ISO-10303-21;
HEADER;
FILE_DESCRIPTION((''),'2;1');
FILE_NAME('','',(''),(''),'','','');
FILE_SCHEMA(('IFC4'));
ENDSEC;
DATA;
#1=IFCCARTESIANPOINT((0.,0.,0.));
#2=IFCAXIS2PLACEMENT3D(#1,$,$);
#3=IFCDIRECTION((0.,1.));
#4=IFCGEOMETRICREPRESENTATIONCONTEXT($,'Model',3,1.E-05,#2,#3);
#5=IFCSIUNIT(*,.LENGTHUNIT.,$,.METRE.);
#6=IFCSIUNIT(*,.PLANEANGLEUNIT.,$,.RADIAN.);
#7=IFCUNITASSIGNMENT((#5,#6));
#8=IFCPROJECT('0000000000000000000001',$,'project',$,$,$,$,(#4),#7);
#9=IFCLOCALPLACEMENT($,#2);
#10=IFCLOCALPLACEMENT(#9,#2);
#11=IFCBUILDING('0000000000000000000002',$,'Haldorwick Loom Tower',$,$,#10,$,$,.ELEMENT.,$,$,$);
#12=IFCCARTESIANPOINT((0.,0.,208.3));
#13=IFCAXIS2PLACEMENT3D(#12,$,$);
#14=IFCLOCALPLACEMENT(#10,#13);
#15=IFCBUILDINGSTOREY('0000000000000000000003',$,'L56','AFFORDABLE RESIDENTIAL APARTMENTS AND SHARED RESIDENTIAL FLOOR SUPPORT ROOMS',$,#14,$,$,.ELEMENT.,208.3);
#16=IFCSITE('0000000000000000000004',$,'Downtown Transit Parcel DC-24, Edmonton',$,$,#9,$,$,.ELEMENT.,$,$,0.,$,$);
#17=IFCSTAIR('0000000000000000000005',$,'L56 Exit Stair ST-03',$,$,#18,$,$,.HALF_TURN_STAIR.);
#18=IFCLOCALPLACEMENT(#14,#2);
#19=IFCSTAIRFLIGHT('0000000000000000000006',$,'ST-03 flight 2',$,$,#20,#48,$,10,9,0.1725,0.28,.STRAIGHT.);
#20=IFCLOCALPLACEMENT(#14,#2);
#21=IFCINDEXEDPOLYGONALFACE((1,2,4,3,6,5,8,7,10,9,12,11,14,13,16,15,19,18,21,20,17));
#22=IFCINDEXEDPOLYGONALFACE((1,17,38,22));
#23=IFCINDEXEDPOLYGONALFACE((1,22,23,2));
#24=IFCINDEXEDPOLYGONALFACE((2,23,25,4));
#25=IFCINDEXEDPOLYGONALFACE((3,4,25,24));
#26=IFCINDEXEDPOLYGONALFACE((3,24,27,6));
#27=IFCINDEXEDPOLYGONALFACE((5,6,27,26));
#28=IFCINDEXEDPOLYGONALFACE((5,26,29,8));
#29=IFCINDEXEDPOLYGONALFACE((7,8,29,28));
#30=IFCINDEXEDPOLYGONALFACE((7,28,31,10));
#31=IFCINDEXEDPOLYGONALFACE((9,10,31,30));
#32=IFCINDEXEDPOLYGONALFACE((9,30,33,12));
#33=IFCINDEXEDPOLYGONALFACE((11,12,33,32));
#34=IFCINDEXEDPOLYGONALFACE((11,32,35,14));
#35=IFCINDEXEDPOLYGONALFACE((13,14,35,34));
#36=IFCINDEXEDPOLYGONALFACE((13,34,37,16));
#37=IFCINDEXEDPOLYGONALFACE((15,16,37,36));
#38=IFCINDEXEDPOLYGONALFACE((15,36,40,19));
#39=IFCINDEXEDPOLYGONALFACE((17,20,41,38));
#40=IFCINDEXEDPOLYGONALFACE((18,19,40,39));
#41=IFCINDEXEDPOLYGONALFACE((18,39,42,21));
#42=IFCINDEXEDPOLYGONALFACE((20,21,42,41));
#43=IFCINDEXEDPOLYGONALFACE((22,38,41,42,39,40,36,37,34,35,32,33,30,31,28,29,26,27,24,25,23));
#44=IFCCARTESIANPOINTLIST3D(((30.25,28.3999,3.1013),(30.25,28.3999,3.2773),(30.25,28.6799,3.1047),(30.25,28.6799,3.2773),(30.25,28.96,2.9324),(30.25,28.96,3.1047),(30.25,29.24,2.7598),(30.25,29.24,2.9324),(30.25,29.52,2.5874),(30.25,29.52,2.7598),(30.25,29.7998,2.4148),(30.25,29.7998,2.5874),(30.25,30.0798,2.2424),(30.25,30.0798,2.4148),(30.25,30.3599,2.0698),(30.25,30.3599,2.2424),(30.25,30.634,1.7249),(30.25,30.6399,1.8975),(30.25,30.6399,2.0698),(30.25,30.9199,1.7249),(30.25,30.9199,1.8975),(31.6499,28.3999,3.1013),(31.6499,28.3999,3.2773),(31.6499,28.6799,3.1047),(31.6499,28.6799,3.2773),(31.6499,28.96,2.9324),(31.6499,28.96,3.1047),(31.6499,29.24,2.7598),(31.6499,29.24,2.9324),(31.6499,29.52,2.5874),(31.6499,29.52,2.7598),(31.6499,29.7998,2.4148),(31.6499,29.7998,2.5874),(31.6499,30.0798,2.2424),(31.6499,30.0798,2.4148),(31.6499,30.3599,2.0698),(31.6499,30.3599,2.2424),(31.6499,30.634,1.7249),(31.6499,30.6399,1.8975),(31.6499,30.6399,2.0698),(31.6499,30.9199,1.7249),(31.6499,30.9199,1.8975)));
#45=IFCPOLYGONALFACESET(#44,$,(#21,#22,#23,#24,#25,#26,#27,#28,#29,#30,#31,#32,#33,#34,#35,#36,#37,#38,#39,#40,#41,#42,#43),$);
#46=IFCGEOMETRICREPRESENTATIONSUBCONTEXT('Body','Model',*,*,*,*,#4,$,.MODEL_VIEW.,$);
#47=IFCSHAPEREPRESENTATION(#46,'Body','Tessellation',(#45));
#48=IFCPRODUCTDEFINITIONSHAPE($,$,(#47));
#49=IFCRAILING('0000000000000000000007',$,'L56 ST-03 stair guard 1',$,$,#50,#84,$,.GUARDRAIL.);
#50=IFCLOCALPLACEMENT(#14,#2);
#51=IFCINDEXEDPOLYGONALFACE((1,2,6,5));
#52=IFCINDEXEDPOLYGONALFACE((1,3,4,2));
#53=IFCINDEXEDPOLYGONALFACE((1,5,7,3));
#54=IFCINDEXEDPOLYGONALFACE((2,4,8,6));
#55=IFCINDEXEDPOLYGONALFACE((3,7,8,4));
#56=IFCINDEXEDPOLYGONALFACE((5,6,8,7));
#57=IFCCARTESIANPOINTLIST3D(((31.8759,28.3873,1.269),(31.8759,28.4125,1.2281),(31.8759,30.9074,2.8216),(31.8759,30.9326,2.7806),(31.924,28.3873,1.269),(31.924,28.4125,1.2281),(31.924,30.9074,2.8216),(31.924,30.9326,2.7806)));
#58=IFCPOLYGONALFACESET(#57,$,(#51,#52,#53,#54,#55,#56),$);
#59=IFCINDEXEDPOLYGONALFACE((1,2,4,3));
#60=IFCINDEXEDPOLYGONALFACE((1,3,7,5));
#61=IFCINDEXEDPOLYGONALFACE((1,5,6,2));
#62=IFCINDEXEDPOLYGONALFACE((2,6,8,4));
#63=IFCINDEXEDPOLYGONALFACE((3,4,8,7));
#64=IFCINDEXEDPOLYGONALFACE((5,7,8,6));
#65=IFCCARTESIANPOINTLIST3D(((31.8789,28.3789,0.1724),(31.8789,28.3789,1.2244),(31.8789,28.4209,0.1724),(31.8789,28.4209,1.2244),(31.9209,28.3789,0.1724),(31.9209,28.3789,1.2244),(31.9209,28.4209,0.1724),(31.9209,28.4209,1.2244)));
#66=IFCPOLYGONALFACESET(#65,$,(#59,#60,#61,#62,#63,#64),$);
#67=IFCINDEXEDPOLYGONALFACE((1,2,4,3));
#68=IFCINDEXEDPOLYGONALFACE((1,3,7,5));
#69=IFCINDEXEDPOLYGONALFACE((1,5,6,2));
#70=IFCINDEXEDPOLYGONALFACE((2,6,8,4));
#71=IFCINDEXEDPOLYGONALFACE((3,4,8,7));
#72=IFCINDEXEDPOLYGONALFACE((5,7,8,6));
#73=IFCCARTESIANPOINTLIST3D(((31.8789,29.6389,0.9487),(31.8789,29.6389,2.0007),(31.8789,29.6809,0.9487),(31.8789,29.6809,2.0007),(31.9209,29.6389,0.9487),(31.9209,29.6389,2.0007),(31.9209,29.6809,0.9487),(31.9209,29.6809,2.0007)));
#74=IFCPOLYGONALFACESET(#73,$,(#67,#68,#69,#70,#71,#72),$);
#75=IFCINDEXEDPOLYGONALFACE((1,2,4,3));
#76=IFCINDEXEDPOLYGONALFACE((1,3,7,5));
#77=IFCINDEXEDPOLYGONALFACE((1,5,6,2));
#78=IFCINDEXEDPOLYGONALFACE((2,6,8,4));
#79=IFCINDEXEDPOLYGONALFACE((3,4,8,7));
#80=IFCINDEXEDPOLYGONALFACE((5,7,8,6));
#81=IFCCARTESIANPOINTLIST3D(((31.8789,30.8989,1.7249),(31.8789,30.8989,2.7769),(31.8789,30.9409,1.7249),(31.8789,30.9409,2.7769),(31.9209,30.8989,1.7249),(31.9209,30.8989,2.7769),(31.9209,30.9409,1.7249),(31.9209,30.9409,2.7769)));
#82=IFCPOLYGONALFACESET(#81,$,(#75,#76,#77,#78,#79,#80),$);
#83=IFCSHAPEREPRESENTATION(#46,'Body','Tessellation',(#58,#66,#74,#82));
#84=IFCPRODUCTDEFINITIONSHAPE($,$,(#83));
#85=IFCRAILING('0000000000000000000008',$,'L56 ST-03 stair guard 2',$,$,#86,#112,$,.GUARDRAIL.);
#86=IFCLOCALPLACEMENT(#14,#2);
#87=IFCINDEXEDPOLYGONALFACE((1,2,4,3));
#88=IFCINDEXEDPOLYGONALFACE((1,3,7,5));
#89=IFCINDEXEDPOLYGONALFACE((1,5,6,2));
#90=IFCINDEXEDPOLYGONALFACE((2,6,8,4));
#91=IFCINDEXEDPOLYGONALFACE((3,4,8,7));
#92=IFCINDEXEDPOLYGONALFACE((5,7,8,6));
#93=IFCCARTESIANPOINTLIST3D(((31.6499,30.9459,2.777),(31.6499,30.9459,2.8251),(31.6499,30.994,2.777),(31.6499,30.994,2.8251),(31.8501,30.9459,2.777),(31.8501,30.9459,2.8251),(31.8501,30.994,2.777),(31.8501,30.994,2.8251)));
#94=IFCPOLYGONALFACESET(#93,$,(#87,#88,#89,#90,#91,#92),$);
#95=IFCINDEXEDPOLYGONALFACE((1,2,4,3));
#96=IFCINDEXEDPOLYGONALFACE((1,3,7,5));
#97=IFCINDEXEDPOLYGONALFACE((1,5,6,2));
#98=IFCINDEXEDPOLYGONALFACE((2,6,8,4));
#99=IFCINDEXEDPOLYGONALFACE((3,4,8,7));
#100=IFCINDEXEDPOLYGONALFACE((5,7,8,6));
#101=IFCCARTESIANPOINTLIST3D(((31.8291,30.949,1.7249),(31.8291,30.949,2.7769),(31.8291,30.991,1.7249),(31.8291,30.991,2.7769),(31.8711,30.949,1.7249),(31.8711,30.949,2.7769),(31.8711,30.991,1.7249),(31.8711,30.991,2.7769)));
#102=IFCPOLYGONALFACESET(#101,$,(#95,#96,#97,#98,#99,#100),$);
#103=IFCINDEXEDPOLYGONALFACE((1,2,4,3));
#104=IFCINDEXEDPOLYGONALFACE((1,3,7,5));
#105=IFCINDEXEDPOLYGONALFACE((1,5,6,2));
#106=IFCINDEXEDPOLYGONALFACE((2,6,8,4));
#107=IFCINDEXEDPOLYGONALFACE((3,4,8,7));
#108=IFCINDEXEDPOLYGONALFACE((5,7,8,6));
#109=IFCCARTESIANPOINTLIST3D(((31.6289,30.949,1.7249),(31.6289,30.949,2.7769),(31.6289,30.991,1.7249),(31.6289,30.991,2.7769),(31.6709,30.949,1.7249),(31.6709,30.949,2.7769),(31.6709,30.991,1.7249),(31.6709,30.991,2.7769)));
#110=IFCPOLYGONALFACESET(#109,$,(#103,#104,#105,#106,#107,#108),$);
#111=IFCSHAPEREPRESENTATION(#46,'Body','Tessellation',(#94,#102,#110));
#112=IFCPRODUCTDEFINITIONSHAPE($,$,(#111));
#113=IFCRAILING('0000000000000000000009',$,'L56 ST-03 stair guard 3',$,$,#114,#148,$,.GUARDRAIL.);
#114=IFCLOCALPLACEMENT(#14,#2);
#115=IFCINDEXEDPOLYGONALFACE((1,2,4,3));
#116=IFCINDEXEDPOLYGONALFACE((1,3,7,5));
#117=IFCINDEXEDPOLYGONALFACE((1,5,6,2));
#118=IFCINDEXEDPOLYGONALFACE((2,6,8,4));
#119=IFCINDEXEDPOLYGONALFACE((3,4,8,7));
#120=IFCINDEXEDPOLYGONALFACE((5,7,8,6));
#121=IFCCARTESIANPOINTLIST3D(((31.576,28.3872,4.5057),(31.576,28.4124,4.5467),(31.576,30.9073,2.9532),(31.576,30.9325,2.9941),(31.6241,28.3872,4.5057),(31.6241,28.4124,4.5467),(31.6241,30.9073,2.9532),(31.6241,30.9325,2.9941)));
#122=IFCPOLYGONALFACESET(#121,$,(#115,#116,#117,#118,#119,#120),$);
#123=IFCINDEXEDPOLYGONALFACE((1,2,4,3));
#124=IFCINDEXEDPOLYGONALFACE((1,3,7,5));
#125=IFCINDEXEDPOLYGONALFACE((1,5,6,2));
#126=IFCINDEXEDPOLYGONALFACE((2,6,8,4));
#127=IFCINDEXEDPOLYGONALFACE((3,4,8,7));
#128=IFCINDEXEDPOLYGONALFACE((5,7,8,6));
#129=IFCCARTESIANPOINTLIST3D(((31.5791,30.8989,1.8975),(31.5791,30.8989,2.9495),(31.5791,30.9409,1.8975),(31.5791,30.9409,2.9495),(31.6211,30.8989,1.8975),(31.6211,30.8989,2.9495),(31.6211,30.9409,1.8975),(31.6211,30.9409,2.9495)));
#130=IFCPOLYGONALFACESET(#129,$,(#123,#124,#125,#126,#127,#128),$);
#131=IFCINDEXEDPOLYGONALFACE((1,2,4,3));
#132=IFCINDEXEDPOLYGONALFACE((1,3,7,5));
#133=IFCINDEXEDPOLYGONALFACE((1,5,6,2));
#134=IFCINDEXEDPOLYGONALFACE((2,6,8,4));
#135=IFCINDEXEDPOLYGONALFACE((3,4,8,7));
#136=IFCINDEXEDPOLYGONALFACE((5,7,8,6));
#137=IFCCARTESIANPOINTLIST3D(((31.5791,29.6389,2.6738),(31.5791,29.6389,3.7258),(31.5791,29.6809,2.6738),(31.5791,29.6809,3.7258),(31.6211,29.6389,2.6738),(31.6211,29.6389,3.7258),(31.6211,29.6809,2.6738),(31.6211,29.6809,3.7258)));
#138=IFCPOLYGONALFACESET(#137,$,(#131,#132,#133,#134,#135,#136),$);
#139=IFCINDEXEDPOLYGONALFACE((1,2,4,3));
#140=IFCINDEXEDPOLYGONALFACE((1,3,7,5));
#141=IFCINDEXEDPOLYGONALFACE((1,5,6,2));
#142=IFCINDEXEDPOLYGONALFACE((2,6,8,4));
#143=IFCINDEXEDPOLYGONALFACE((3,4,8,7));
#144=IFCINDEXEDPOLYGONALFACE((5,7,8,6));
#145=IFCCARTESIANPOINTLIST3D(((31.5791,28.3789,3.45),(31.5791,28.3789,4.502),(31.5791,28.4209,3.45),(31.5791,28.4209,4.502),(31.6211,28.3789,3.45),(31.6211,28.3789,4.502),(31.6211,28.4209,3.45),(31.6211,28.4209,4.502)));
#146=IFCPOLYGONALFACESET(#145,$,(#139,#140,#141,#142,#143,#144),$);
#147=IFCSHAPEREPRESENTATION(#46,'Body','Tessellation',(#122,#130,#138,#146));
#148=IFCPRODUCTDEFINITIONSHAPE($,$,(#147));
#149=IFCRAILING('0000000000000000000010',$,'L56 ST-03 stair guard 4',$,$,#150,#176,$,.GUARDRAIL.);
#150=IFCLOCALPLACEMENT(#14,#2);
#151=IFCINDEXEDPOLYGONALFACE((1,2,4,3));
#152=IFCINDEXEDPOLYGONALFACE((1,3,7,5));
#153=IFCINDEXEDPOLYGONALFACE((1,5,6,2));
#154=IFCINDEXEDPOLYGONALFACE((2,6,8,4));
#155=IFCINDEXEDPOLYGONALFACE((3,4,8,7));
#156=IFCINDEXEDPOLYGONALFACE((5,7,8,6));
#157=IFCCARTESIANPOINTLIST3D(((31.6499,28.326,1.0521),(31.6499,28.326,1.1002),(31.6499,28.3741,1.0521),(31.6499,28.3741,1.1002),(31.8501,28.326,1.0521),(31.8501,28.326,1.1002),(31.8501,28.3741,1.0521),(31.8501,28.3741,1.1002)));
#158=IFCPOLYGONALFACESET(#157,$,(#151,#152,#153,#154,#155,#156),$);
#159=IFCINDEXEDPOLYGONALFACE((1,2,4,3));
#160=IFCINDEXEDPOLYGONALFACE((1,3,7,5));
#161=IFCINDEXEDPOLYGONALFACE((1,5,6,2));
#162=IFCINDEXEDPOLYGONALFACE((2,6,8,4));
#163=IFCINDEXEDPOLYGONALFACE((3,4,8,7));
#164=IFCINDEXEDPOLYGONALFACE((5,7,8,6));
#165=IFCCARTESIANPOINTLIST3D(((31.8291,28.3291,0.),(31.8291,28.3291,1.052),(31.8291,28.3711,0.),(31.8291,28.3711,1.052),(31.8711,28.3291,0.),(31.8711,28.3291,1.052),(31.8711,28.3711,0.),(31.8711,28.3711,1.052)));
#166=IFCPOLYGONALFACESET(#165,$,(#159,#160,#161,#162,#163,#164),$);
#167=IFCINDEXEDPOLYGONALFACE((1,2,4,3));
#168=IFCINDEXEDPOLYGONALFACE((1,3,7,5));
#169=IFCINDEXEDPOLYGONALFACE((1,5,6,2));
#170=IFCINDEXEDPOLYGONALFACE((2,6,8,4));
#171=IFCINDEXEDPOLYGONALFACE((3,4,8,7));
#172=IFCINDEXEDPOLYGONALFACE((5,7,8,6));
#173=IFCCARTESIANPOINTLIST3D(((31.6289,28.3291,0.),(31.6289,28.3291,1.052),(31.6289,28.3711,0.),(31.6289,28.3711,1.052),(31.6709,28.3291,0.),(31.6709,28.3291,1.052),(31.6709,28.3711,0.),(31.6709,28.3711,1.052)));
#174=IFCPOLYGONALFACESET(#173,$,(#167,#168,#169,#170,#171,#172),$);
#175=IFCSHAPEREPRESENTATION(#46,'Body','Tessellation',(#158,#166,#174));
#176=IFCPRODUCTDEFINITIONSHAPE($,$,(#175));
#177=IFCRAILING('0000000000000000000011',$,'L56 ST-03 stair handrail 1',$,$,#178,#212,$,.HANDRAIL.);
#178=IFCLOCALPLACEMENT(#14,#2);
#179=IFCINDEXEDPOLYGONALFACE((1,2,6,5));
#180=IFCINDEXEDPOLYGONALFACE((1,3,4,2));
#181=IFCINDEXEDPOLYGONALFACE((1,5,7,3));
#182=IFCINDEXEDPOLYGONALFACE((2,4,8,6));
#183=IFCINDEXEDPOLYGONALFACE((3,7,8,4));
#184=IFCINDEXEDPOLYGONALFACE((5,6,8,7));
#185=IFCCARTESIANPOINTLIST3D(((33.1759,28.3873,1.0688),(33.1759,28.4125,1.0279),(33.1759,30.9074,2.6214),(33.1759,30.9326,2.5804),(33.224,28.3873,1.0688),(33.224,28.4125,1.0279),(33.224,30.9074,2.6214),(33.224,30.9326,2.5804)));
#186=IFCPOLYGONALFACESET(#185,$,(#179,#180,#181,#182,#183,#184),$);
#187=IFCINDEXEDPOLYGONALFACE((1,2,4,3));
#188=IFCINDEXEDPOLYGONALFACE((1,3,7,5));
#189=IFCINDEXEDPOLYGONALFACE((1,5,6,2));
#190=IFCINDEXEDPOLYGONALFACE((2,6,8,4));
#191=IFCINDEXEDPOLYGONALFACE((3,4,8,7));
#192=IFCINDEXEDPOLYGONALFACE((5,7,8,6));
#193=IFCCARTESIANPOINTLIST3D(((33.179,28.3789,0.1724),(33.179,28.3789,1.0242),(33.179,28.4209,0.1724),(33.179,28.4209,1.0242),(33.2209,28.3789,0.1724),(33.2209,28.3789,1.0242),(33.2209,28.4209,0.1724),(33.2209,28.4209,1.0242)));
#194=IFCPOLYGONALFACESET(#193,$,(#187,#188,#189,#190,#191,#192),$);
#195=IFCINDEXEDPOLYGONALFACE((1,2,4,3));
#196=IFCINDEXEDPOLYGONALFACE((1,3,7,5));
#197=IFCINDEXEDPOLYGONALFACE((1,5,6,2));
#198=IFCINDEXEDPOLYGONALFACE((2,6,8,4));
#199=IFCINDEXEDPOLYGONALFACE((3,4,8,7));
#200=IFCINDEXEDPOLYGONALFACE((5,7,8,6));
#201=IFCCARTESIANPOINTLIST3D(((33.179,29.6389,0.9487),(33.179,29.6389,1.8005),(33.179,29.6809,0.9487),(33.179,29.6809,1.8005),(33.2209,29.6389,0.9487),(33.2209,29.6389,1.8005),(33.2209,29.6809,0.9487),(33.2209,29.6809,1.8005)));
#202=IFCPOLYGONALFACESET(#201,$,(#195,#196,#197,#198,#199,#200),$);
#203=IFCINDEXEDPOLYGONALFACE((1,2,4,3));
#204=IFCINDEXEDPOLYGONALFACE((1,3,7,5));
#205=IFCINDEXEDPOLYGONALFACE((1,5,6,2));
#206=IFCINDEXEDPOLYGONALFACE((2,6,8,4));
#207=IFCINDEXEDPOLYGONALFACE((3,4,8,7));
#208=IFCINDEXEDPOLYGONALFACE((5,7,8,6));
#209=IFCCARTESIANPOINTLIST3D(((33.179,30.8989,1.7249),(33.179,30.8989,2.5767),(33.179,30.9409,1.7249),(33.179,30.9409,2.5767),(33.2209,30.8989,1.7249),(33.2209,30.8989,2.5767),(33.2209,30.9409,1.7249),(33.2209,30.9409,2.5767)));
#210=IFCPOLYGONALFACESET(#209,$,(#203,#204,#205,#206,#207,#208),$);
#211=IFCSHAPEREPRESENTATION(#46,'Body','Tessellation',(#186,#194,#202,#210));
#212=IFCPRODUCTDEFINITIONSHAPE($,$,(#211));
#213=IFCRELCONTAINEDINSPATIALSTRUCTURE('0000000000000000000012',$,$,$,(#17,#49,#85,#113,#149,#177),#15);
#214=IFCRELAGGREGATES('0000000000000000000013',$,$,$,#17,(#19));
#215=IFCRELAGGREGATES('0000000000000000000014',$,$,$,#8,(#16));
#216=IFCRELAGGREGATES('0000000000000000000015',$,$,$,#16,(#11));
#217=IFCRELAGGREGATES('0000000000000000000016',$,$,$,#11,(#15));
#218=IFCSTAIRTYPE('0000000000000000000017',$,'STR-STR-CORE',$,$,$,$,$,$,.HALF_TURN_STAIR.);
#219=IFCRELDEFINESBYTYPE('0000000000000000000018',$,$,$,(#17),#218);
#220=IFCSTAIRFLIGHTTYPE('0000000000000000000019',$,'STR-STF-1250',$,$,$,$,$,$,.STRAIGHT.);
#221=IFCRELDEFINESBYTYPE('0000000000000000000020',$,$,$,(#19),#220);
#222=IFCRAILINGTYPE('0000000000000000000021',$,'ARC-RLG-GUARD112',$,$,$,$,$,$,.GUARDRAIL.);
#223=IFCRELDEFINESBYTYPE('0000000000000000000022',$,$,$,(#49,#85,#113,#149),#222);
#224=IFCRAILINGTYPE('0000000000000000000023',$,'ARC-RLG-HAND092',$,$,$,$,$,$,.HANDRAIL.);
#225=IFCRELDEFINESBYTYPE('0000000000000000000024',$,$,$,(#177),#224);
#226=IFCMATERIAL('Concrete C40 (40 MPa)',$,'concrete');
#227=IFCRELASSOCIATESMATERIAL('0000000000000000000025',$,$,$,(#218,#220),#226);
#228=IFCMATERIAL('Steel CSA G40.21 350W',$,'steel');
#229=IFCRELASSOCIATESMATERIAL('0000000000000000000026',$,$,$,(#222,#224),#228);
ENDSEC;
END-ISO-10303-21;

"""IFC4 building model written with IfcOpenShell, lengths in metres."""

from ifc_helpers import new_model, si_unit, direction, frame, origin, origin_2d, place, context, subcontext, project, spatial, polyline, rectangle, outline, extrude, material, type_object, element, aggregate, save


model = new_model("IFC4")

# Units and contexts
model_context = context("Model", 3, precision=1e-05, world=origin(), true_north=direction((0.0, 1.0)))
body_context = subcontext(model_context, "Body", "Model", "MODEL_VIEW")
ifc_project = project(units=[si_unit("LENGTHUNIT", "METRE"), si_unit("PLANEANGLEUNIT", "RADIAN")], contexts=[model_context])

# Site, building, storey
site_placement = place(None, origin())
site = spatial("IfcSite", under=ifc_project, at=site_placement, Name="Downtown Transit Parcel DC-24, Edmonton", CompositionType="ELEMENT", RefElevation=0.0)
building_placement = place(site_placement, origin())
building = spatial("IfcBuilding", under=site, at=building_placement, Name="Haldorwick Loom Tower", CompositionType="ELEMENT")
storey_placement = place(building_placement, frame((0.0, 0.0, 208.3)))
storey = spatial("IfcBuildingStorey", under=building, at=storey_placement, Name="L56", Description="AFFORDABLE RESIDENTIAL APARTMENTS AND SHARED RESIDENTIAL FLOOR SUPPORT ROOMS", CompositionType="ELEMENT", Elevation=208.3)

# Shared definitions
ifc_material_1 = material(Name="Steel CSA G40.21 350W", Category="steel")

# Stair, stair flight
ifc_material_2 = material(Name="Concrete C40 (40 MPa)", Category="concrete")
stair_type = type_object("IfcStairType", Name="STR-STR-CORE", PredefinedType="HALF_TURN_STAIR", material=ifc_material_2)
stair_placement = place(storey_placement, origin())
stair = element("IfcStair", 1, at=stair_placement, inside=storey, type_object=stair_type, Name="L56 Exit Stair ST-03", PredefinedType="HALF_TURN_STAIR")
stair_flight_type = type_object("IfcStairFlightType", Name="STR-STF-1250", PredefinedType="STRAIGHT", material=ifc_material_2)
stair_flight_1_placement = place(storey_placement, frame((30.95, 30.9199, 1.7249), z_axis=(0.0, 0.0, 1.0), x_axis=(0.0, -1.0, 0.0)))
stair_flight_1 = element("IfcStairFlight", 2, at=stair_flight_1_placement, type_object=stair_flight_type, Name="ST-03 flight 2", NumberOfRisers=10, NumberOfTreads=9, PredefinedType="STRAIGHT", RiserHeight=0.1725, TreadLength=0.28, context=body_context, shape_type="SweptSolid", body=[
    extrude(outline(polyline([(0.0, 0.0), (0.0, 0.1726), (0.28, 0.1726), (0.28, 0.345), (0.5601, 0.345), (0.5601, 0.5176), (0.8401, 0.5176), (0.8401, 0.6899), (1.1201, 0.6899), (1.1201, 0.8625), (1.3999, 0.8625), (1.3999, 1.0349), (1.6799, 1.0349), (1.6799, 1.2075), (1.96, 1.2075), (1.96, 1.3799), (2.24, 1.3799), (2.24, 1.5525), (2.52, 1.5525), (2.52, 1.7251), (2.52, 1.3765), (0.2859, 0.0), (0.0, 0.0)])), frame((0.0, 0.7, 0.0), z_axis=(0.0, -1.0, 0.0), x_axis=(1.0, 0.0, 0.0)), (0.0, 0.0, 1.0), 1.3999),
])
aggregate(stair, [stair_flight_1])

# Railings
railing_type_1 = type_object("IfcRailingType", Name="ARC-RLG-GUARD112", PredefinedType="GUARDRAIL", material=ifc_material_1)
railing_1_placement = place(storey_placement, frame((31.8999, 28.3999, 0.1724)))
element("IfcRailing", 3, at=railing_1_placement, inside=storey, type_object=railing_type_1, Name="L56 ST-03 stair guard 1", PredefinedType="GUARDRAIL", context=body_context, shape_type="SweptSolid", body=[
    extrude(rectangle(XDim=0.0481, YDim=0.0481, at=origin_2d()), frame((0.0, 0.0, 1.0762), z_axis=(0.0, 0.8514, 0.524516), x_axis=(-1.0, 0.0, 0.0)), (0.0, 0.0, 1.0), 2.96),
    extrude(rectangle(XDim=0.042, YDim=0.042, at=origin_2d()), origin(), (0.0, 0.0, 1.0), 1.052),
    extrude(rectangle(XDim=0.042, YDim=0.042, at=origin_2d()), frame((0.0, 1.26, 0.7764)), (0.0, 0.0, 1.0), 1.052),
    extrude(rectangle(XDim=0.042, YDim=0.042, at=origin_2d()), frame((0.0, 2.52, 1.5525)), (0.0, 0.0, 1.0), 1.052),
])
railing_2_placement = place(storey_placement, frame((31.8501, 30.97, 1.7249)))
element("IfcRailing", 4, at=railing_2_placement, inside=storey, type_object=railing_type_1, Name="L56 ST-03 stair guard 2", PredefinedType="GUARDRAIL", context=body_context, shape_type="SweptSolid", body=[
    extrude(rectangle(XDim=0.0481, YDim=0.0481, at=origin_2d()), frame((0.0, 0.0, 1.0762), z_axis=(-1.0, 0.0, 0.0), x_axis=(0.0, -1.0, 0.0)), (0.0, 0.0, 1.0), 0.2002),
    extrude(rectangle(XDim=0.042, YDim=0.042, at=origin_2d()), origin(), (0.0, 0.0, 1.0), 1.052),
    extrude(rectangle(XDim=0.042, YDim=0.042, at=origin_2d()), frame((-0.2002, 0.0, 0.0)), (0.0, 0.0, 1.0), 1.052),
])
railing_3_placement = place(storey_placement, frame((31.6001, 30.9199, 1.8975)))
element("IfcRailing", 5, at=railing_3_placement, inside=storey, type_object=railing_type_1, Name="L56 ST-03 stair guard 3", PredefinedType="GUARDRAIL", context=body_context, shape_type="SweptSolid", body=[
    extrude(rectangle(XDim=0.0481, YDim=0.0481, at=origin_2d()), frame((0.0, 0.0, 1.0762), z_axis=(0.0, -0.8514, 0.524516), x_axis=(1.0, 0.0, 0.0)), (0.0, 0.0, 1.0), 2.96),
    extrude(rectangle(XDim=0.042, YDim=0.042, at=origin_2d()), origin(), (0.0, 0.0, 1.0), 1.052),
    extrude(rectangle(XDim=0.042, YDim=0.042, at=origin_2d()), frame((0.0, -1.26, 0.7764)), (0.0, 0.0, 1.0), 1.052),
    extrude(rectangle(XDim=0.042, YDim=0.042, at=origin_2d()), frame((0.0, -2.52, 1.5525)), (0.0, 0.0, 1.0), 1.052),
])
railing_4_placement = place(storey_placement, frame((31.8501, 28.3501, 0.0)))
element("IfcRailing", 6, at=railing_4_placement, inside=storey, type_object=railing_type_1, Name="L56 ST-03 stair guard 4", PredefinedType="GUARDRAIL", context=body_context, shape_type="SweptSolid", body=[
    extrude(rectangle(XDim=0.0481, YDim=0.0481, at=origin_2d()), frame((0.0, 0.0, 1.0762), z_axis=(-1.0, 0.0, 0.0), x_axis=(0.0, -1.0, 0.0)), (0.0, 0.0, 1.0), 0.2002),
    extrude(rectangle(XDim=0.042, YDim=0.042, at=origin_2d()), origin(), (0.0, 0.0, 1.0), 1.052),
    extrude(rectangle(XDim=0.042, YDim=0.042, at=origin_2d()), frame((-0.2002, 0.0, 0.0)), (0.0, 0.0, 1.0), 1.052),
])
railing_type_2 = type_object("IfcRailingType", Name="ARC-RLG-HAND092", PredefinedType="HANDRAIL", material=ifc_material_1)
railing_5_placement = place(storey_placement, frame((33.2, 28.3999, 0.1724)))
element("IfcRailing", 7, at=railing_5_placement, inside=storey, type_object=railing_type_2, Name="L56 ST-03 stair handrail 1", PredefinedType="HANDRAIL", context=body_context, shape_type="SweptSolid", body=[
    extrude(rectangle(XDim=0.0481, YDim=0.0481, at=origin_2d()), frame((0.0, 0.0, 0.876), z_axis=(0.0, 0.8514, 0.524516), x_axis=(-1.0, 0.0, 0.0)), (0.0, 0.0, 1.0), 2.96),
    extrude(rectangle(XDim=0.042, YDim=0.042, at=origin_2d()), origin(), (0.0, 0.0, 1.0), 0.8518),
    extrude(rectangle(XDim=0.042, YDim=0.042, at=origin_2d()), frame((0.0, 1.26, 0.7764)), (0.0, 0.0, 1.0), 0.8518),
    extrude(rectangle(XDim=0.042, YDim=0.042, at=origin_2d()), frame((0.0, 2.52, 1.5525)), (0.0, 0.0, 1.0), 0.8518),
])

save(model, "model.ifc")
